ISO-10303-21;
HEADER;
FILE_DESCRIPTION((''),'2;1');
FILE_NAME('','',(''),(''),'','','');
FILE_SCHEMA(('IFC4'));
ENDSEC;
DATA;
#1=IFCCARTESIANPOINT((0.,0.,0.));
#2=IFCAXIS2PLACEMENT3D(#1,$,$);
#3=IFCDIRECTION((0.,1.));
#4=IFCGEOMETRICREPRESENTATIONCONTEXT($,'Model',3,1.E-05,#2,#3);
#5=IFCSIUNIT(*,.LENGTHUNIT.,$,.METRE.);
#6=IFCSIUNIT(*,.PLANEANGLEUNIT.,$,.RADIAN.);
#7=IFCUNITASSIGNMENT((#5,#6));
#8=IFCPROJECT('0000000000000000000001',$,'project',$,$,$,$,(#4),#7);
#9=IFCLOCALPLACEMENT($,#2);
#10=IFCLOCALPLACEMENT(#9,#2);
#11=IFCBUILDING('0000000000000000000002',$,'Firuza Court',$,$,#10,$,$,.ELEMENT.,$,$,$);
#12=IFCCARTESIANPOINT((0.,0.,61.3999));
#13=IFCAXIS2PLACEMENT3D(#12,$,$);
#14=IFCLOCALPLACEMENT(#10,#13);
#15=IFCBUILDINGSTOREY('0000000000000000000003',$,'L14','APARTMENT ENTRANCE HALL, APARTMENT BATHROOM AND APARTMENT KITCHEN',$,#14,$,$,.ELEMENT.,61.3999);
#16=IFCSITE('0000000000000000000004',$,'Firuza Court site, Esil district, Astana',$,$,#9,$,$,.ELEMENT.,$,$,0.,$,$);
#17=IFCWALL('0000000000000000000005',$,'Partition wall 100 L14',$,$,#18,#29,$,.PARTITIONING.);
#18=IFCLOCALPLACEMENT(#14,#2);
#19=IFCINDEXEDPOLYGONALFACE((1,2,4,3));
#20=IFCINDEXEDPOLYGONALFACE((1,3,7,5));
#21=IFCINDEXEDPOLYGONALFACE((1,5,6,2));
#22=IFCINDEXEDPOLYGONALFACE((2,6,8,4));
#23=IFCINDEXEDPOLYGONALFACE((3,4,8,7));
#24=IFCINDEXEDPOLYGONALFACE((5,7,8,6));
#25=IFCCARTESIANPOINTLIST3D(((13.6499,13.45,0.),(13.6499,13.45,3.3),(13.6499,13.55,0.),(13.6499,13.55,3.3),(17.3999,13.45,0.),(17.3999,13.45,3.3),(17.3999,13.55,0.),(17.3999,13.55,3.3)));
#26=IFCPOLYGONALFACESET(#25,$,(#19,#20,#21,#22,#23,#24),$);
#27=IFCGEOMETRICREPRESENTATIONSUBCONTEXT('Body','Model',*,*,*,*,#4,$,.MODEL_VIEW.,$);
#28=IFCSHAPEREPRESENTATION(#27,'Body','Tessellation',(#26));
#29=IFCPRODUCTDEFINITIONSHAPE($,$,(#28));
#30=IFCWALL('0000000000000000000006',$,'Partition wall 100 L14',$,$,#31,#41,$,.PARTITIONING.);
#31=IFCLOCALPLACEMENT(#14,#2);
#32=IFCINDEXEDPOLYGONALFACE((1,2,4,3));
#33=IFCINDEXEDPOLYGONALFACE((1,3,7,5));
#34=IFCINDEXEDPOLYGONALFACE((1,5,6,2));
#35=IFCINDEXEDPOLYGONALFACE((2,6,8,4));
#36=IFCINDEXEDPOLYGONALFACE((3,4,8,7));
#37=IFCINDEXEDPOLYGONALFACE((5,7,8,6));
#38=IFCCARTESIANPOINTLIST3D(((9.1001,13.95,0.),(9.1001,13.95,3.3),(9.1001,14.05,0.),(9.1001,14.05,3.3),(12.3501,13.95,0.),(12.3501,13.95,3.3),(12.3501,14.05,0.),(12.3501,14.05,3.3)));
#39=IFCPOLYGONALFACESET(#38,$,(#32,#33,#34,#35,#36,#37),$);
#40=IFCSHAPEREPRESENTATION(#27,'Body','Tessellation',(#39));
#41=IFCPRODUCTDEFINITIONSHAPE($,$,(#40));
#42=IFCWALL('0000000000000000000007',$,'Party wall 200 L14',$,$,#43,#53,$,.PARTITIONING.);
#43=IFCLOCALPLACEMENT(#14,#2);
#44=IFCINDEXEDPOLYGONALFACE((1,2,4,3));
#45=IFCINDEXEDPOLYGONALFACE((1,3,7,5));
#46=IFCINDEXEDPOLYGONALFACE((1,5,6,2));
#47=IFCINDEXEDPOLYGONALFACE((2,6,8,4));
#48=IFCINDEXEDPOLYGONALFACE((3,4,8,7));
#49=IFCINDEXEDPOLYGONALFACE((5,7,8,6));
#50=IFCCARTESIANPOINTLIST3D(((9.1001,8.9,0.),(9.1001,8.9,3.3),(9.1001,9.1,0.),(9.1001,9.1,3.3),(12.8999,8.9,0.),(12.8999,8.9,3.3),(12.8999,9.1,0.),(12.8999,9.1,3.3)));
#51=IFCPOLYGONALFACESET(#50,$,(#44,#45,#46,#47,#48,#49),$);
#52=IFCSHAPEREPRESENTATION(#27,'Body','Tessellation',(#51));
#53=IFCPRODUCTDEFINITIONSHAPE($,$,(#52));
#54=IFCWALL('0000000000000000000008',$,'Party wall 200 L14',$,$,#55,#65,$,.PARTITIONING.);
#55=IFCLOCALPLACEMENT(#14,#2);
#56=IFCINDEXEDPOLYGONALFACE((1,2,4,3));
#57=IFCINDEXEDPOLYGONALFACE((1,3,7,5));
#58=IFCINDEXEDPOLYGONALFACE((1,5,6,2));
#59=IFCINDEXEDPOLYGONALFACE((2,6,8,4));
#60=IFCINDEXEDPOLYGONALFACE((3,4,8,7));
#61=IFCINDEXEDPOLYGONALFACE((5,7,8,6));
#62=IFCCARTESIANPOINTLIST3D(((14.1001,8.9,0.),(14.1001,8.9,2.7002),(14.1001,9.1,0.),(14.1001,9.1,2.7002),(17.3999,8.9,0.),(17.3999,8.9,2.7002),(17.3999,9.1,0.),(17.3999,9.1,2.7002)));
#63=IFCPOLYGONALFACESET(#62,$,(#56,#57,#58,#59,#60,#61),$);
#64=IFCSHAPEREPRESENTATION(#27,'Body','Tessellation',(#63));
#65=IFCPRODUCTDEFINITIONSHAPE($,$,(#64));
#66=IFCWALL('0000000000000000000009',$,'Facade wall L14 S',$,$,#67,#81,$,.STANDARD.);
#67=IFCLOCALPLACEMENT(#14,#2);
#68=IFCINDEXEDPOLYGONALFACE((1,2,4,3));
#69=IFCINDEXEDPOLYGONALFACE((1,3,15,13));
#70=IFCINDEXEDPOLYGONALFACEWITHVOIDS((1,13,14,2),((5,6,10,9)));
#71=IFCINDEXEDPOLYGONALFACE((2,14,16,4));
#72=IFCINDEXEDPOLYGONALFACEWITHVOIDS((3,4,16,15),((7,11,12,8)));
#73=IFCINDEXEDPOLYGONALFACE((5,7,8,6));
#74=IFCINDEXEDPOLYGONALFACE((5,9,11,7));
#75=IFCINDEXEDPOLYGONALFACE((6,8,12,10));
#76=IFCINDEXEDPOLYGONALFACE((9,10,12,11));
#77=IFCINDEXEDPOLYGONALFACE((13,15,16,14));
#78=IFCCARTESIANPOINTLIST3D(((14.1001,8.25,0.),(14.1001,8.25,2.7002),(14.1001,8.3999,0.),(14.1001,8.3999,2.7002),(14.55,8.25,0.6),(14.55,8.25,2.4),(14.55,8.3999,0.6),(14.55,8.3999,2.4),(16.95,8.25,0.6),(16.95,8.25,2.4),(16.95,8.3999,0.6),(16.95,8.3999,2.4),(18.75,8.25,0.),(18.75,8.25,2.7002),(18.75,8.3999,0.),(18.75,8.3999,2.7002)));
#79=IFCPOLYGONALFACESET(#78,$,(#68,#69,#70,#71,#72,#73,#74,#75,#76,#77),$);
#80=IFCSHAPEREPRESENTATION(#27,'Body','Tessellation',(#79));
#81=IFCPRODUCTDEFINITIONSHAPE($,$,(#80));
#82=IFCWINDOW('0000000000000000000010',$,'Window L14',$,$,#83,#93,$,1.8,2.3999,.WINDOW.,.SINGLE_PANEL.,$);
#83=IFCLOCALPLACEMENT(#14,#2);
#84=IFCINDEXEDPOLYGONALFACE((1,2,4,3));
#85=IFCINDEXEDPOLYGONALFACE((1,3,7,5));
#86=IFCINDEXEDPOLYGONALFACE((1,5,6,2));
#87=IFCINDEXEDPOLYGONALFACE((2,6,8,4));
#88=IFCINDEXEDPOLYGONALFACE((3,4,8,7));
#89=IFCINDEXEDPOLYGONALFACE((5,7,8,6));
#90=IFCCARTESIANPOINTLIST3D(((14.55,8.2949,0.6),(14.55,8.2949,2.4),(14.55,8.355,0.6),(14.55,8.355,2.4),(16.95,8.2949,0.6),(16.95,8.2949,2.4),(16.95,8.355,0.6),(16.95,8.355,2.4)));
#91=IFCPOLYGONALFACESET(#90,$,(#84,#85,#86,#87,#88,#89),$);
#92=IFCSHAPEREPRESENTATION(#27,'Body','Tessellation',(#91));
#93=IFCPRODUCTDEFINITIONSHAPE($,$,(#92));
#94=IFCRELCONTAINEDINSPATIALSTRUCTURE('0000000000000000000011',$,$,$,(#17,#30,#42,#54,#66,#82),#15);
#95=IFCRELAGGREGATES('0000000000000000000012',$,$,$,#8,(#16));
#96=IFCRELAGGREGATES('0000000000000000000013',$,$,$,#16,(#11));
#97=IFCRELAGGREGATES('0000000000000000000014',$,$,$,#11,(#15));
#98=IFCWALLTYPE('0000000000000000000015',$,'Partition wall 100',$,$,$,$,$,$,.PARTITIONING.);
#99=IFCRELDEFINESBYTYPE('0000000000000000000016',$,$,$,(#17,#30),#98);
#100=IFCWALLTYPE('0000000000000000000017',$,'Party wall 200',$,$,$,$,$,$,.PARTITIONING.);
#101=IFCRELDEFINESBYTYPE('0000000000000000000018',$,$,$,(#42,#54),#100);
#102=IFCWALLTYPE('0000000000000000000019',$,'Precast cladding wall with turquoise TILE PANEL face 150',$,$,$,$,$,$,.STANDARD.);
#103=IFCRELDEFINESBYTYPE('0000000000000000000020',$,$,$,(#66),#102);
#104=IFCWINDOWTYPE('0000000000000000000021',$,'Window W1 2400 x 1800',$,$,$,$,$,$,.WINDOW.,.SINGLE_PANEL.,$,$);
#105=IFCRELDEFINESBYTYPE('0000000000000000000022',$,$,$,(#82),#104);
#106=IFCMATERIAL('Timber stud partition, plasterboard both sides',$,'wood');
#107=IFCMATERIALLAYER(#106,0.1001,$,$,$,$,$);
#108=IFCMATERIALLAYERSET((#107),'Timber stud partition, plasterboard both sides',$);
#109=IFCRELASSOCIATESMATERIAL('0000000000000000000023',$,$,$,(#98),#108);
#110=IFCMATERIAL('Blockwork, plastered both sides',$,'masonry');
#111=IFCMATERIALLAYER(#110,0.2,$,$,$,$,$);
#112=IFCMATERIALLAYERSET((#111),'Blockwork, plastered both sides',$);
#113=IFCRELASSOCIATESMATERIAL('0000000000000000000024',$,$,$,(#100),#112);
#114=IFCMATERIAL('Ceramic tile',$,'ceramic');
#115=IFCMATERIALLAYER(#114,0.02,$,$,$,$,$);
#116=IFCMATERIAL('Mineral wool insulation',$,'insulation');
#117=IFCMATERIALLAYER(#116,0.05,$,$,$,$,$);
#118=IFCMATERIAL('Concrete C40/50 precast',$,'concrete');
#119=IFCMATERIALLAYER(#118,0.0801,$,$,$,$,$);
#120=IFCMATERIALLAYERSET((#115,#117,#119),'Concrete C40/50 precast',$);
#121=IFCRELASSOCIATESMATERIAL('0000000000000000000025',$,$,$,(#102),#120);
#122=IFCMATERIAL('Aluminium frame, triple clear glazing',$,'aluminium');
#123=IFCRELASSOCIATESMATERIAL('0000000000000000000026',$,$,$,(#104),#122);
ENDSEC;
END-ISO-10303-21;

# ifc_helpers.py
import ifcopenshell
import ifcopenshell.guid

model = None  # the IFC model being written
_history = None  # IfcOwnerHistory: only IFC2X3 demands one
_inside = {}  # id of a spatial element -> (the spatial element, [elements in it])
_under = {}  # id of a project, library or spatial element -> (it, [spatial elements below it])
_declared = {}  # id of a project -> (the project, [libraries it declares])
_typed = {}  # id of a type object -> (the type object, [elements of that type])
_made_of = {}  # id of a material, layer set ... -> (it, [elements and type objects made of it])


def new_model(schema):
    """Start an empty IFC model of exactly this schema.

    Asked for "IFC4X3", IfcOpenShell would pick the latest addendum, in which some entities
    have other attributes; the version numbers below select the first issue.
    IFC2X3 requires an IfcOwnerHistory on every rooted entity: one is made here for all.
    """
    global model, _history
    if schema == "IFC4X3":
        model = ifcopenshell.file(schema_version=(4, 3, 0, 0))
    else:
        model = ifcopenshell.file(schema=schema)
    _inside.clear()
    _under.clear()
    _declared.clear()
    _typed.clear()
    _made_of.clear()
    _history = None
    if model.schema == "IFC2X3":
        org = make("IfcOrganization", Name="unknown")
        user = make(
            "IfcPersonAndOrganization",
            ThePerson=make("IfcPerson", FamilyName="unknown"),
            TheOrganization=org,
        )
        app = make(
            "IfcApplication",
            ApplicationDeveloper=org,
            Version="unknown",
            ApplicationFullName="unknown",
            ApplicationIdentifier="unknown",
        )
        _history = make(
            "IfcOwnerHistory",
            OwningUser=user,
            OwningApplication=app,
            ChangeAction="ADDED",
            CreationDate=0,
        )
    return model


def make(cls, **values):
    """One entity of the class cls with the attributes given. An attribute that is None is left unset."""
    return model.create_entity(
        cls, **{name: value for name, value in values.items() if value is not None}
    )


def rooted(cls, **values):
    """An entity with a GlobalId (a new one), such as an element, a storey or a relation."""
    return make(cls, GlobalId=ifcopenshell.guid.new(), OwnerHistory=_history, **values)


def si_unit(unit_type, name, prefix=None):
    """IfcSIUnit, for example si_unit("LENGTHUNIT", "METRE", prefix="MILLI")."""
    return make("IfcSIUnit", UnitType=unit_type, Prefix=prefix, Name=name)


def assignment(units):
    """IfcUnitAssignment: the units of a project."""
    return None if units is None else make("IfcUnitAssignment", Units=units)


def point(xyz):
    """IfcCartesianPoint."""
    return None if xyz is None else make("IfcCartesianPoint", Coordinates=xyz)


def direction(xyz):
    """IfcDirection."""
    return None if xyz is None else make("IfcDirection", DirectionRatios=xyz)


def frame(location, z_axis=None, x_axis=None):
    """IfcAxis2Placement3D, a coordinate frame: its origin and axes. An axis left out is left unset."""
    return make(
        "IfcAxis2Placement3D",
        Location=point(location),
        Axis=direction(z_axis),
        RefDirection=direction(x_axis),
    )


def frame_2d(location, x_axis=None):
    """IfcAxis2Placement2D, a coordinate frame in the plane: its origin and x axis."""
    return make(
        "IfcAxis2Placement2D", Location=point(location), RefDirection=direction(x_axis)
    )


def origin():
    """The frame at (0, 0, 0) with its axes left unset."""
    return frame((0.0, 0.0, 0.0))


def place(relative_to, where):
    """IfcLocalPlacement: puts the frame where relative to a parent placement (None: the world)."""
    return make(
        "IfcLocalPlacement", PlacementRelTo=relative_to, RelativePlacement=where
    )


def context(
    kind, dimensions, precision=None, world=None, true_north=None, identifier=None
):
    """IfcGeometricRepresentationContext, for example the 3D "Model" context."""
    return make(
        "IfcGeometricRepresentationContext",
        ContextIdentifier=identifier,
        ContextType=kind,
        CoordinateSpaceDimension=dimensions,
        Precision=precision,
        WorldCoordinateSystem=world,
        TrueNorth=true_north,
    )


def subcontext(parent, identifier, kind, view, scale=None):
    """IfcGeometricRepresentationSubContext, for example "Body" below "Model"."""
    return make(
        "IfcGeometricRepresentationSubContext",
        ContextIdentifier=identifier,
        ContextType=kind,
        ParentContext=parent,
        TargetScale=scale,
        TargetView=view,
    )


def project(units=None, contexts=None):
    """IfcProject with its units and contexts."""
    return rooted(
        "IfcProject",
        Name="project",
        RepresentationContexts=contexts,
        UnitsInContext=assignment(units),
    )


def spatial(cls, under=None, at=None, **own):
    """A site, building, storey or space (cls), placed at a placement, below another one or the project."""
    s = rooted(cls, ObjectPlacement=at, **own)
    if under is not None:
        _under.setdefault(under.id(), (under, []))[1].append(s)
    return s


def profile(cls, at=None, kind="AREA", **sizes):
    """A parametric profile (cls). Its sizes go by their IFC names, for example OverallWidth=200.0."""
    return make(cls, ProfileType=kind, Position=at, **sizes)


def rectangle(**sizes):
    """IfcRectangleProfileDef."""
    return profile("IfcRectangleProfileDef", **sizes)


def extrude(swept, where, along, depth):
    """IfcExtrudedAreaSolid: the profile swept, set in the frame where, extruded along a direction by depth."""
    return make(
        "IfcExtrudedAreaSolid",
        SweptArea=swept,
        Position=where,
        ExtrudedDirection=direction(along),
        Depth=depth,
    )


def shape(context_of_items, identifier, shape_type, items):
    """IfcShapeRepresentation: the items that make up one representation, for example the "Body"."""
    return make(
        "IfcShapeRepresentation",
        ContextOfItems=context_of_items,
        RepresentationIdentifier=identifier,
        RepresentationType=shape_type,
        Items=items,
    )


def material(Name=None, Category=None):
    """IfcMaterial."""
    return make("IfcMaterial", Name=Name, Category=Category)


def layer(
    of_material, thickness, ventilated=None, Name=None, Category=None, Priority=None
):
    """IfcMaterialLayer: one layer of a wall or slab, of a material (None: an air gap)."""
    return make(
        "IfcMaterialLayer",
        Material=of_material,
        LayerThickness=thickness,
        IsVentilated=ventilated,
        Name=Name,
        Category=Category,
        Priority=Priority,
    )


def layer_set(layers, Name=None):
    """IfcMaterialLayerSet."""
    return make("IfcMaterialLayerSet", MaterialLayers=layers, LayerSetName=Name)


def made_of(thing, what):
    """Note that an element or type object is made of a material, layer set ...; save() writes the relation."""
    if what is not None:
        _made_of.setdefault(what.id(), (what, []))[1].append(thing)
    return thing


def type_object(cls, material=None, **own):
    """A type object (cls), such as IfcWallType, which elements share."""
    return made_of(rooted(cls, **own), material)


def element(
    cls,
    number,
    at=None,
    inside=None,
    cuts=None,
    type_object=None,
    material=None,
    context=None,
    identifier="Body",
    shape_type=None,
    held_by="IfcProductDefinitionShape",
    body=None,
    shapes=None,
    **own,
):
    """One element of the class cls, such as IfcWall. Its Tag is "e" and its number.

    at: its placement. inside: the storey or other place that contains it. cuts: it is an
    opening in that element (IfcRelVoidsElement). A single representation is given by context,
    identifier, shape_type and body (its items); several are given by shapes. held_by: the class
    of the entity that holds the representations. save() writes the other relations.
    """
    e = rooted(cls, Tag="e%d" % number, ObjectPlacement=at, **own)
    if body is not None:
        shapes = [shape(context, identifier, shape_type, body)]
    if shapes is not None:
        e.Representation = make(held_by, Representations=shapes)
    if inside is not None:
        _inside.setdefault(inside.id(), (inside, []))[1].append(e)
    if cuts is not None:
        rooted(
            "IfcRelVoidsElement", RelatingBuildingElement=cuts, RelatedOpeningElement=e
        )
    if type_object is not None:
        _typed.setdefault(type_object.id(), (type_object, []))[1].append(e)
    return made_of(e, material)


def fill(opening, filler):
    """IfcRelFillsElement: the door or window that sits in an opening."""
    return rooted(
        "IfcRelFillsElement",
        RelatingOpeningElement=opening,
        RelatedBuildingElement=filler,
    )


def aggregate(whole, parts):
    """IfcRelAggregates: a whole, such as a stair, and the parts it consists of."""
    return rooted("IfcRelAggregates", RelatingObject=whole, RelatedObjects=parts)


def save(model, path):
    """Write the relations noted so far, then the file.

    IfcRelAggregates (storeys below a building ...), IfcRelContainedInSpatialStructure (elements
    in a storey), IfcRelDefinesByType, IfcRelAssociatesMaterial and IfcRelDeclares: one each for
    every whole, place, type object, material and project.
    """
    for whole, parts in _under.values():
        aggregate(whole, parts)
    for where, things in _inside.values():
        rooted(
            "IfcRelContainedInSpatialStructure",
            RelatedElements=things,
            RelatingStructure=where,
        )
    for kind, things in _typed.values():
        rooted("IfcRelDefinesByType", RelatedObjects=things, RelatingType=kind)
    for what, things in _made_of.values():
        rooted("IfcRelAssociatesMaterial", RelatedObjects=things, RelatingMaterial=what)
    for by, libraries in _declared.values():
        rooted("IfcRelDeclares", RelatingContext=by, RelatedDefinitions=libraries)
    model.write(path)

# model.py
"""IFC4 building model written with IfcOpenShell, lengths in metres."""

from ifc_helpers import new_model, si_unit, direction, frame, frame_2d, origin, place, context, subcontext, project, spatial, rectangle, extrude, material, layer, layer_set, type_object, element, fill, save


model = new_model("IFC4")

# Units and contexts
model_context = context("Model", 3, precision=1e-05, world=origin(), true_north=direction((0.0, 1.0)))
body_context = subcontext(model_context, "Body", "Model", "MODEL_VIEW")
ifc_project = project(units=[si_unit("LENGTHUNIT", "METRE"), si_unit("PLANEANGLEUNIT", "RADIAN")], contexts=[model_context])

# Site, building, storey
site_placement = place(None, origin())
site = spatial("IfcSite", under=ifc_project, at=site_placement, Name="Firuza Court site, Esil district, Astana", CompositionType="ELEMENT", RefElevation=0.0)
building_placement = place(site_placement, origin())
building = spatial("IfcBuilding", under=site, at=building_placement, Name="Firuza Court", CompositionType="ELEMENT")
storey_placement = place(building_placement, frame((0.0, 0.0, 61.3999)))
storey = spatial("IfcBuildingStorey", under=building, at=storey_placement, Name="L14", Description="APARTMENT ENTRANCE HALL, APARTMENT BATHROOM AND APARTMENT KITCHEN", CompositionType="ELEMENT", Elevation=61.3999)

# Shared definitions
ifc_material_1 = material(Name="Timber stud partition, plasterboard both sides", Category="wood")
ifc_layer_1 = layer(ifc_material_1, 0.1001)
ifc_layer_set_1 = layer_set([ifc_layer_1], Name="Timber stud partition, plasterboard both sides")
wall_type_1 = type_object("IfcWallType", Name="Partition wall 100", PredefinedType="PARTITIONING", material=ifc_layer_set_1)

# Walls
wall_1_placement = place(storey_placement, frame((13.6499, 13.5, 0.0), z_axis=(0.0, 0.0, 1.0), x_axis=(1.0, 0.0, 0.0)))
element("IfcWall", 1, at=wall_1_placement, inside=storey, type_object=wall_type_1, Name="Partition wall 100 L14", PredefinedType="PARTITIONING", context=body_context, shape_type="SweptSolid", body=[
    extrude(rectangle(XDim=3.75, YDim=0.1001, at=frame_2d((1.875, 0.0))), origin(), (0.0, 0.0, 1.0), 3.3),
])
wall_2_placement = place(storey_placement, frame((9.1001, 14.0, 0.0), z_axis=(0.0, 0.0, 1.0), x_axis=(1.0, 0.0, 0.0)))
element("IfcWall", 2, at=wall_2_placement, inside=storey, type_object=wall_type_1, Name="Partition wall 100 L14", PredefinedType="PARTITIONING", context=body_context, shape_type="SweptSolid", body=[
    extrude(rectangle(XDim=3.25, YDim=0.1001, at=frame_2d((1.625, 0.0))), origin(), (0.0, 0.0, 1.0), 3.3),
])
ifc_material_2 = material(Name="Blockwork, plastered both sides", Category="masonry")
ifc_layer_2 = layer(ifc_material_2, 0.2)
ifc_layer_set_2 = layer_set([ifc_layer_2], Name="Blockwork, plastered both sides")
wall_type_2 = type_object("IfcWallType", Name="Party wall 200", PredefinedType="PARTITIONING", material=ifc_layer_set_2)
wall_3_placement = place(storey_placement, frame((9.1001, 9.0, 0.0), z_axis=(0.0, 0.0, 1.0), x_axis=(1.0, 0.0, 0.0)))
element("IfcWall", 3, at=wall_3_placement, inside=storey, type_object=wall_type_2, Name="Party wall 200 L14", PredefinedType="PARTITIONING", context=body_context, shape_type="SweptSolid", body=[
    extrude(rectangle(XDim=3.7998, YDim=0.2, at=frame_2d((1.8999, 0.0))), origin(), (0.0, 0.0, 1.0), 3.3),
])
wall_4_placement = place(storey_placement, frame((14.1001, 9.0, 0.0), z_axis=(0.0, 0.0, 1.0), x_axis=(1.0, 0.0, 0.0)))
element("IfcWall", 4, at=wall_4_placement, inside=storey, type_object=wall_type_2, Name="Party wall 200 L14", PredefinedType="PARTITIONING", context=body_context, shape_type="SweptSolid", body=[
    extrude(rectangle(XDim=3.2998, YDim=0.2, at=frame_2d((1.6499, 0.0))), origin(), (0.0, 0.0, 1.0), 2.7002),
])

# Wall, opening, window
ifc_material_3 = material(Name="Ceramic tile", Category="ceramic")
ifc_layer_3 = layer(ifc_material_3, 0.02)
ifc_material_4 = material(Name="Mineral wool insulation", Category="insulation")
ifc_layer_4 = layer(ifc_material_4, 0.05)
ifc_material_5 = material(Name="Concrete C40/50 precast", Category="concrete")
ifc_layer_5 = layer(ifc_material_5, 0.0801)
ifc_layer_set_3 = layer_set([ifc_layer_3, ifc_layer_4, ifc_layer_5], Name="Concrete C40/50 precast")
wall_type_3 = type_object("IfcWallType", Name="Precast cladding wall with turquoise TILE PANEL face 150", PredefinedType="STANDARD", material=ifc_layer_set_3)
wall_5_placement = place(storey_placement, frame((14.1001, 8.325, 0.0), z_axis=(0.0, 0.0, 1.0), x_axis=(1.0, 0.0, 0.0)))
wall_5 = element("IfcWall", 5, at=wall_5_placement, inside=storey, type_object=wall_type_3, Name="Facade wall L14 S", PredefinedType="STANDARD", context=body_context, shape_type="SweptSolid", body=[
    extrude(rectangle(XDim=4.6499, YDim=0.1499, at=frame_2d((2.325, 0.0))), origin(), (0.0, 0.0, 1.0), 2.7002),
])
opening_1_placement = place(wall_5_placement, frame((0.45, 0.0, 0.6001)))
opening_1 = element("IfcOpeningElement", 6, at=opening_1_placement, cuts=wall_5, PredefinedType="OPENING", context=body_context, shape_type="SweptSolid", body=[
    extrude(rectangle(XDim=2.3999, YDim=1.8, at=frame_2d((1.2, 0.8999))), frame((0.0, 0.0869, 0.0), z_axis=(0.0, -1.0, 0.0), x_axis=(1.0, 0.0, 0.0)), (0.0, 0.0, 1.0), 0.1738),
])
ifc_material_6 = material(Name="Aluminium frame, triple clear glazing", Category="aluminium")
window_type = type_object("IfcWindowType", Name="Window W1 2400 x 1800", PartitioningType="SINGLE_PANEL", PredefinedType="WINDOW", material=ifc_material_6)
window_placement = place(opening_1_placement, origin())
window = element("IfcWindow", 7, at=window_placement, inside=storey, type_object=window_type, Name="Window L14", OverallHeight=1.8, OverallWidth=2.3999, PartitioningType="SINGLE_PANEL", PredefinedType="WINDOW", context=body_context, shape_type="SweptSolid", body=[
    extrude(rectangle(XDim=2.3999, YDim=1.8, at=frame_2d((1.2, 0.8999))), frame((0.0, 0.03, 0.0), z_axis=(0.0, -1.0, 0.0), x_axis=(1.0, 0.0, 0.0)), (0.0, 0.0, 1.0), 0.0601),
])
fill(opening_1, window)

save(model, "model.ifc")
